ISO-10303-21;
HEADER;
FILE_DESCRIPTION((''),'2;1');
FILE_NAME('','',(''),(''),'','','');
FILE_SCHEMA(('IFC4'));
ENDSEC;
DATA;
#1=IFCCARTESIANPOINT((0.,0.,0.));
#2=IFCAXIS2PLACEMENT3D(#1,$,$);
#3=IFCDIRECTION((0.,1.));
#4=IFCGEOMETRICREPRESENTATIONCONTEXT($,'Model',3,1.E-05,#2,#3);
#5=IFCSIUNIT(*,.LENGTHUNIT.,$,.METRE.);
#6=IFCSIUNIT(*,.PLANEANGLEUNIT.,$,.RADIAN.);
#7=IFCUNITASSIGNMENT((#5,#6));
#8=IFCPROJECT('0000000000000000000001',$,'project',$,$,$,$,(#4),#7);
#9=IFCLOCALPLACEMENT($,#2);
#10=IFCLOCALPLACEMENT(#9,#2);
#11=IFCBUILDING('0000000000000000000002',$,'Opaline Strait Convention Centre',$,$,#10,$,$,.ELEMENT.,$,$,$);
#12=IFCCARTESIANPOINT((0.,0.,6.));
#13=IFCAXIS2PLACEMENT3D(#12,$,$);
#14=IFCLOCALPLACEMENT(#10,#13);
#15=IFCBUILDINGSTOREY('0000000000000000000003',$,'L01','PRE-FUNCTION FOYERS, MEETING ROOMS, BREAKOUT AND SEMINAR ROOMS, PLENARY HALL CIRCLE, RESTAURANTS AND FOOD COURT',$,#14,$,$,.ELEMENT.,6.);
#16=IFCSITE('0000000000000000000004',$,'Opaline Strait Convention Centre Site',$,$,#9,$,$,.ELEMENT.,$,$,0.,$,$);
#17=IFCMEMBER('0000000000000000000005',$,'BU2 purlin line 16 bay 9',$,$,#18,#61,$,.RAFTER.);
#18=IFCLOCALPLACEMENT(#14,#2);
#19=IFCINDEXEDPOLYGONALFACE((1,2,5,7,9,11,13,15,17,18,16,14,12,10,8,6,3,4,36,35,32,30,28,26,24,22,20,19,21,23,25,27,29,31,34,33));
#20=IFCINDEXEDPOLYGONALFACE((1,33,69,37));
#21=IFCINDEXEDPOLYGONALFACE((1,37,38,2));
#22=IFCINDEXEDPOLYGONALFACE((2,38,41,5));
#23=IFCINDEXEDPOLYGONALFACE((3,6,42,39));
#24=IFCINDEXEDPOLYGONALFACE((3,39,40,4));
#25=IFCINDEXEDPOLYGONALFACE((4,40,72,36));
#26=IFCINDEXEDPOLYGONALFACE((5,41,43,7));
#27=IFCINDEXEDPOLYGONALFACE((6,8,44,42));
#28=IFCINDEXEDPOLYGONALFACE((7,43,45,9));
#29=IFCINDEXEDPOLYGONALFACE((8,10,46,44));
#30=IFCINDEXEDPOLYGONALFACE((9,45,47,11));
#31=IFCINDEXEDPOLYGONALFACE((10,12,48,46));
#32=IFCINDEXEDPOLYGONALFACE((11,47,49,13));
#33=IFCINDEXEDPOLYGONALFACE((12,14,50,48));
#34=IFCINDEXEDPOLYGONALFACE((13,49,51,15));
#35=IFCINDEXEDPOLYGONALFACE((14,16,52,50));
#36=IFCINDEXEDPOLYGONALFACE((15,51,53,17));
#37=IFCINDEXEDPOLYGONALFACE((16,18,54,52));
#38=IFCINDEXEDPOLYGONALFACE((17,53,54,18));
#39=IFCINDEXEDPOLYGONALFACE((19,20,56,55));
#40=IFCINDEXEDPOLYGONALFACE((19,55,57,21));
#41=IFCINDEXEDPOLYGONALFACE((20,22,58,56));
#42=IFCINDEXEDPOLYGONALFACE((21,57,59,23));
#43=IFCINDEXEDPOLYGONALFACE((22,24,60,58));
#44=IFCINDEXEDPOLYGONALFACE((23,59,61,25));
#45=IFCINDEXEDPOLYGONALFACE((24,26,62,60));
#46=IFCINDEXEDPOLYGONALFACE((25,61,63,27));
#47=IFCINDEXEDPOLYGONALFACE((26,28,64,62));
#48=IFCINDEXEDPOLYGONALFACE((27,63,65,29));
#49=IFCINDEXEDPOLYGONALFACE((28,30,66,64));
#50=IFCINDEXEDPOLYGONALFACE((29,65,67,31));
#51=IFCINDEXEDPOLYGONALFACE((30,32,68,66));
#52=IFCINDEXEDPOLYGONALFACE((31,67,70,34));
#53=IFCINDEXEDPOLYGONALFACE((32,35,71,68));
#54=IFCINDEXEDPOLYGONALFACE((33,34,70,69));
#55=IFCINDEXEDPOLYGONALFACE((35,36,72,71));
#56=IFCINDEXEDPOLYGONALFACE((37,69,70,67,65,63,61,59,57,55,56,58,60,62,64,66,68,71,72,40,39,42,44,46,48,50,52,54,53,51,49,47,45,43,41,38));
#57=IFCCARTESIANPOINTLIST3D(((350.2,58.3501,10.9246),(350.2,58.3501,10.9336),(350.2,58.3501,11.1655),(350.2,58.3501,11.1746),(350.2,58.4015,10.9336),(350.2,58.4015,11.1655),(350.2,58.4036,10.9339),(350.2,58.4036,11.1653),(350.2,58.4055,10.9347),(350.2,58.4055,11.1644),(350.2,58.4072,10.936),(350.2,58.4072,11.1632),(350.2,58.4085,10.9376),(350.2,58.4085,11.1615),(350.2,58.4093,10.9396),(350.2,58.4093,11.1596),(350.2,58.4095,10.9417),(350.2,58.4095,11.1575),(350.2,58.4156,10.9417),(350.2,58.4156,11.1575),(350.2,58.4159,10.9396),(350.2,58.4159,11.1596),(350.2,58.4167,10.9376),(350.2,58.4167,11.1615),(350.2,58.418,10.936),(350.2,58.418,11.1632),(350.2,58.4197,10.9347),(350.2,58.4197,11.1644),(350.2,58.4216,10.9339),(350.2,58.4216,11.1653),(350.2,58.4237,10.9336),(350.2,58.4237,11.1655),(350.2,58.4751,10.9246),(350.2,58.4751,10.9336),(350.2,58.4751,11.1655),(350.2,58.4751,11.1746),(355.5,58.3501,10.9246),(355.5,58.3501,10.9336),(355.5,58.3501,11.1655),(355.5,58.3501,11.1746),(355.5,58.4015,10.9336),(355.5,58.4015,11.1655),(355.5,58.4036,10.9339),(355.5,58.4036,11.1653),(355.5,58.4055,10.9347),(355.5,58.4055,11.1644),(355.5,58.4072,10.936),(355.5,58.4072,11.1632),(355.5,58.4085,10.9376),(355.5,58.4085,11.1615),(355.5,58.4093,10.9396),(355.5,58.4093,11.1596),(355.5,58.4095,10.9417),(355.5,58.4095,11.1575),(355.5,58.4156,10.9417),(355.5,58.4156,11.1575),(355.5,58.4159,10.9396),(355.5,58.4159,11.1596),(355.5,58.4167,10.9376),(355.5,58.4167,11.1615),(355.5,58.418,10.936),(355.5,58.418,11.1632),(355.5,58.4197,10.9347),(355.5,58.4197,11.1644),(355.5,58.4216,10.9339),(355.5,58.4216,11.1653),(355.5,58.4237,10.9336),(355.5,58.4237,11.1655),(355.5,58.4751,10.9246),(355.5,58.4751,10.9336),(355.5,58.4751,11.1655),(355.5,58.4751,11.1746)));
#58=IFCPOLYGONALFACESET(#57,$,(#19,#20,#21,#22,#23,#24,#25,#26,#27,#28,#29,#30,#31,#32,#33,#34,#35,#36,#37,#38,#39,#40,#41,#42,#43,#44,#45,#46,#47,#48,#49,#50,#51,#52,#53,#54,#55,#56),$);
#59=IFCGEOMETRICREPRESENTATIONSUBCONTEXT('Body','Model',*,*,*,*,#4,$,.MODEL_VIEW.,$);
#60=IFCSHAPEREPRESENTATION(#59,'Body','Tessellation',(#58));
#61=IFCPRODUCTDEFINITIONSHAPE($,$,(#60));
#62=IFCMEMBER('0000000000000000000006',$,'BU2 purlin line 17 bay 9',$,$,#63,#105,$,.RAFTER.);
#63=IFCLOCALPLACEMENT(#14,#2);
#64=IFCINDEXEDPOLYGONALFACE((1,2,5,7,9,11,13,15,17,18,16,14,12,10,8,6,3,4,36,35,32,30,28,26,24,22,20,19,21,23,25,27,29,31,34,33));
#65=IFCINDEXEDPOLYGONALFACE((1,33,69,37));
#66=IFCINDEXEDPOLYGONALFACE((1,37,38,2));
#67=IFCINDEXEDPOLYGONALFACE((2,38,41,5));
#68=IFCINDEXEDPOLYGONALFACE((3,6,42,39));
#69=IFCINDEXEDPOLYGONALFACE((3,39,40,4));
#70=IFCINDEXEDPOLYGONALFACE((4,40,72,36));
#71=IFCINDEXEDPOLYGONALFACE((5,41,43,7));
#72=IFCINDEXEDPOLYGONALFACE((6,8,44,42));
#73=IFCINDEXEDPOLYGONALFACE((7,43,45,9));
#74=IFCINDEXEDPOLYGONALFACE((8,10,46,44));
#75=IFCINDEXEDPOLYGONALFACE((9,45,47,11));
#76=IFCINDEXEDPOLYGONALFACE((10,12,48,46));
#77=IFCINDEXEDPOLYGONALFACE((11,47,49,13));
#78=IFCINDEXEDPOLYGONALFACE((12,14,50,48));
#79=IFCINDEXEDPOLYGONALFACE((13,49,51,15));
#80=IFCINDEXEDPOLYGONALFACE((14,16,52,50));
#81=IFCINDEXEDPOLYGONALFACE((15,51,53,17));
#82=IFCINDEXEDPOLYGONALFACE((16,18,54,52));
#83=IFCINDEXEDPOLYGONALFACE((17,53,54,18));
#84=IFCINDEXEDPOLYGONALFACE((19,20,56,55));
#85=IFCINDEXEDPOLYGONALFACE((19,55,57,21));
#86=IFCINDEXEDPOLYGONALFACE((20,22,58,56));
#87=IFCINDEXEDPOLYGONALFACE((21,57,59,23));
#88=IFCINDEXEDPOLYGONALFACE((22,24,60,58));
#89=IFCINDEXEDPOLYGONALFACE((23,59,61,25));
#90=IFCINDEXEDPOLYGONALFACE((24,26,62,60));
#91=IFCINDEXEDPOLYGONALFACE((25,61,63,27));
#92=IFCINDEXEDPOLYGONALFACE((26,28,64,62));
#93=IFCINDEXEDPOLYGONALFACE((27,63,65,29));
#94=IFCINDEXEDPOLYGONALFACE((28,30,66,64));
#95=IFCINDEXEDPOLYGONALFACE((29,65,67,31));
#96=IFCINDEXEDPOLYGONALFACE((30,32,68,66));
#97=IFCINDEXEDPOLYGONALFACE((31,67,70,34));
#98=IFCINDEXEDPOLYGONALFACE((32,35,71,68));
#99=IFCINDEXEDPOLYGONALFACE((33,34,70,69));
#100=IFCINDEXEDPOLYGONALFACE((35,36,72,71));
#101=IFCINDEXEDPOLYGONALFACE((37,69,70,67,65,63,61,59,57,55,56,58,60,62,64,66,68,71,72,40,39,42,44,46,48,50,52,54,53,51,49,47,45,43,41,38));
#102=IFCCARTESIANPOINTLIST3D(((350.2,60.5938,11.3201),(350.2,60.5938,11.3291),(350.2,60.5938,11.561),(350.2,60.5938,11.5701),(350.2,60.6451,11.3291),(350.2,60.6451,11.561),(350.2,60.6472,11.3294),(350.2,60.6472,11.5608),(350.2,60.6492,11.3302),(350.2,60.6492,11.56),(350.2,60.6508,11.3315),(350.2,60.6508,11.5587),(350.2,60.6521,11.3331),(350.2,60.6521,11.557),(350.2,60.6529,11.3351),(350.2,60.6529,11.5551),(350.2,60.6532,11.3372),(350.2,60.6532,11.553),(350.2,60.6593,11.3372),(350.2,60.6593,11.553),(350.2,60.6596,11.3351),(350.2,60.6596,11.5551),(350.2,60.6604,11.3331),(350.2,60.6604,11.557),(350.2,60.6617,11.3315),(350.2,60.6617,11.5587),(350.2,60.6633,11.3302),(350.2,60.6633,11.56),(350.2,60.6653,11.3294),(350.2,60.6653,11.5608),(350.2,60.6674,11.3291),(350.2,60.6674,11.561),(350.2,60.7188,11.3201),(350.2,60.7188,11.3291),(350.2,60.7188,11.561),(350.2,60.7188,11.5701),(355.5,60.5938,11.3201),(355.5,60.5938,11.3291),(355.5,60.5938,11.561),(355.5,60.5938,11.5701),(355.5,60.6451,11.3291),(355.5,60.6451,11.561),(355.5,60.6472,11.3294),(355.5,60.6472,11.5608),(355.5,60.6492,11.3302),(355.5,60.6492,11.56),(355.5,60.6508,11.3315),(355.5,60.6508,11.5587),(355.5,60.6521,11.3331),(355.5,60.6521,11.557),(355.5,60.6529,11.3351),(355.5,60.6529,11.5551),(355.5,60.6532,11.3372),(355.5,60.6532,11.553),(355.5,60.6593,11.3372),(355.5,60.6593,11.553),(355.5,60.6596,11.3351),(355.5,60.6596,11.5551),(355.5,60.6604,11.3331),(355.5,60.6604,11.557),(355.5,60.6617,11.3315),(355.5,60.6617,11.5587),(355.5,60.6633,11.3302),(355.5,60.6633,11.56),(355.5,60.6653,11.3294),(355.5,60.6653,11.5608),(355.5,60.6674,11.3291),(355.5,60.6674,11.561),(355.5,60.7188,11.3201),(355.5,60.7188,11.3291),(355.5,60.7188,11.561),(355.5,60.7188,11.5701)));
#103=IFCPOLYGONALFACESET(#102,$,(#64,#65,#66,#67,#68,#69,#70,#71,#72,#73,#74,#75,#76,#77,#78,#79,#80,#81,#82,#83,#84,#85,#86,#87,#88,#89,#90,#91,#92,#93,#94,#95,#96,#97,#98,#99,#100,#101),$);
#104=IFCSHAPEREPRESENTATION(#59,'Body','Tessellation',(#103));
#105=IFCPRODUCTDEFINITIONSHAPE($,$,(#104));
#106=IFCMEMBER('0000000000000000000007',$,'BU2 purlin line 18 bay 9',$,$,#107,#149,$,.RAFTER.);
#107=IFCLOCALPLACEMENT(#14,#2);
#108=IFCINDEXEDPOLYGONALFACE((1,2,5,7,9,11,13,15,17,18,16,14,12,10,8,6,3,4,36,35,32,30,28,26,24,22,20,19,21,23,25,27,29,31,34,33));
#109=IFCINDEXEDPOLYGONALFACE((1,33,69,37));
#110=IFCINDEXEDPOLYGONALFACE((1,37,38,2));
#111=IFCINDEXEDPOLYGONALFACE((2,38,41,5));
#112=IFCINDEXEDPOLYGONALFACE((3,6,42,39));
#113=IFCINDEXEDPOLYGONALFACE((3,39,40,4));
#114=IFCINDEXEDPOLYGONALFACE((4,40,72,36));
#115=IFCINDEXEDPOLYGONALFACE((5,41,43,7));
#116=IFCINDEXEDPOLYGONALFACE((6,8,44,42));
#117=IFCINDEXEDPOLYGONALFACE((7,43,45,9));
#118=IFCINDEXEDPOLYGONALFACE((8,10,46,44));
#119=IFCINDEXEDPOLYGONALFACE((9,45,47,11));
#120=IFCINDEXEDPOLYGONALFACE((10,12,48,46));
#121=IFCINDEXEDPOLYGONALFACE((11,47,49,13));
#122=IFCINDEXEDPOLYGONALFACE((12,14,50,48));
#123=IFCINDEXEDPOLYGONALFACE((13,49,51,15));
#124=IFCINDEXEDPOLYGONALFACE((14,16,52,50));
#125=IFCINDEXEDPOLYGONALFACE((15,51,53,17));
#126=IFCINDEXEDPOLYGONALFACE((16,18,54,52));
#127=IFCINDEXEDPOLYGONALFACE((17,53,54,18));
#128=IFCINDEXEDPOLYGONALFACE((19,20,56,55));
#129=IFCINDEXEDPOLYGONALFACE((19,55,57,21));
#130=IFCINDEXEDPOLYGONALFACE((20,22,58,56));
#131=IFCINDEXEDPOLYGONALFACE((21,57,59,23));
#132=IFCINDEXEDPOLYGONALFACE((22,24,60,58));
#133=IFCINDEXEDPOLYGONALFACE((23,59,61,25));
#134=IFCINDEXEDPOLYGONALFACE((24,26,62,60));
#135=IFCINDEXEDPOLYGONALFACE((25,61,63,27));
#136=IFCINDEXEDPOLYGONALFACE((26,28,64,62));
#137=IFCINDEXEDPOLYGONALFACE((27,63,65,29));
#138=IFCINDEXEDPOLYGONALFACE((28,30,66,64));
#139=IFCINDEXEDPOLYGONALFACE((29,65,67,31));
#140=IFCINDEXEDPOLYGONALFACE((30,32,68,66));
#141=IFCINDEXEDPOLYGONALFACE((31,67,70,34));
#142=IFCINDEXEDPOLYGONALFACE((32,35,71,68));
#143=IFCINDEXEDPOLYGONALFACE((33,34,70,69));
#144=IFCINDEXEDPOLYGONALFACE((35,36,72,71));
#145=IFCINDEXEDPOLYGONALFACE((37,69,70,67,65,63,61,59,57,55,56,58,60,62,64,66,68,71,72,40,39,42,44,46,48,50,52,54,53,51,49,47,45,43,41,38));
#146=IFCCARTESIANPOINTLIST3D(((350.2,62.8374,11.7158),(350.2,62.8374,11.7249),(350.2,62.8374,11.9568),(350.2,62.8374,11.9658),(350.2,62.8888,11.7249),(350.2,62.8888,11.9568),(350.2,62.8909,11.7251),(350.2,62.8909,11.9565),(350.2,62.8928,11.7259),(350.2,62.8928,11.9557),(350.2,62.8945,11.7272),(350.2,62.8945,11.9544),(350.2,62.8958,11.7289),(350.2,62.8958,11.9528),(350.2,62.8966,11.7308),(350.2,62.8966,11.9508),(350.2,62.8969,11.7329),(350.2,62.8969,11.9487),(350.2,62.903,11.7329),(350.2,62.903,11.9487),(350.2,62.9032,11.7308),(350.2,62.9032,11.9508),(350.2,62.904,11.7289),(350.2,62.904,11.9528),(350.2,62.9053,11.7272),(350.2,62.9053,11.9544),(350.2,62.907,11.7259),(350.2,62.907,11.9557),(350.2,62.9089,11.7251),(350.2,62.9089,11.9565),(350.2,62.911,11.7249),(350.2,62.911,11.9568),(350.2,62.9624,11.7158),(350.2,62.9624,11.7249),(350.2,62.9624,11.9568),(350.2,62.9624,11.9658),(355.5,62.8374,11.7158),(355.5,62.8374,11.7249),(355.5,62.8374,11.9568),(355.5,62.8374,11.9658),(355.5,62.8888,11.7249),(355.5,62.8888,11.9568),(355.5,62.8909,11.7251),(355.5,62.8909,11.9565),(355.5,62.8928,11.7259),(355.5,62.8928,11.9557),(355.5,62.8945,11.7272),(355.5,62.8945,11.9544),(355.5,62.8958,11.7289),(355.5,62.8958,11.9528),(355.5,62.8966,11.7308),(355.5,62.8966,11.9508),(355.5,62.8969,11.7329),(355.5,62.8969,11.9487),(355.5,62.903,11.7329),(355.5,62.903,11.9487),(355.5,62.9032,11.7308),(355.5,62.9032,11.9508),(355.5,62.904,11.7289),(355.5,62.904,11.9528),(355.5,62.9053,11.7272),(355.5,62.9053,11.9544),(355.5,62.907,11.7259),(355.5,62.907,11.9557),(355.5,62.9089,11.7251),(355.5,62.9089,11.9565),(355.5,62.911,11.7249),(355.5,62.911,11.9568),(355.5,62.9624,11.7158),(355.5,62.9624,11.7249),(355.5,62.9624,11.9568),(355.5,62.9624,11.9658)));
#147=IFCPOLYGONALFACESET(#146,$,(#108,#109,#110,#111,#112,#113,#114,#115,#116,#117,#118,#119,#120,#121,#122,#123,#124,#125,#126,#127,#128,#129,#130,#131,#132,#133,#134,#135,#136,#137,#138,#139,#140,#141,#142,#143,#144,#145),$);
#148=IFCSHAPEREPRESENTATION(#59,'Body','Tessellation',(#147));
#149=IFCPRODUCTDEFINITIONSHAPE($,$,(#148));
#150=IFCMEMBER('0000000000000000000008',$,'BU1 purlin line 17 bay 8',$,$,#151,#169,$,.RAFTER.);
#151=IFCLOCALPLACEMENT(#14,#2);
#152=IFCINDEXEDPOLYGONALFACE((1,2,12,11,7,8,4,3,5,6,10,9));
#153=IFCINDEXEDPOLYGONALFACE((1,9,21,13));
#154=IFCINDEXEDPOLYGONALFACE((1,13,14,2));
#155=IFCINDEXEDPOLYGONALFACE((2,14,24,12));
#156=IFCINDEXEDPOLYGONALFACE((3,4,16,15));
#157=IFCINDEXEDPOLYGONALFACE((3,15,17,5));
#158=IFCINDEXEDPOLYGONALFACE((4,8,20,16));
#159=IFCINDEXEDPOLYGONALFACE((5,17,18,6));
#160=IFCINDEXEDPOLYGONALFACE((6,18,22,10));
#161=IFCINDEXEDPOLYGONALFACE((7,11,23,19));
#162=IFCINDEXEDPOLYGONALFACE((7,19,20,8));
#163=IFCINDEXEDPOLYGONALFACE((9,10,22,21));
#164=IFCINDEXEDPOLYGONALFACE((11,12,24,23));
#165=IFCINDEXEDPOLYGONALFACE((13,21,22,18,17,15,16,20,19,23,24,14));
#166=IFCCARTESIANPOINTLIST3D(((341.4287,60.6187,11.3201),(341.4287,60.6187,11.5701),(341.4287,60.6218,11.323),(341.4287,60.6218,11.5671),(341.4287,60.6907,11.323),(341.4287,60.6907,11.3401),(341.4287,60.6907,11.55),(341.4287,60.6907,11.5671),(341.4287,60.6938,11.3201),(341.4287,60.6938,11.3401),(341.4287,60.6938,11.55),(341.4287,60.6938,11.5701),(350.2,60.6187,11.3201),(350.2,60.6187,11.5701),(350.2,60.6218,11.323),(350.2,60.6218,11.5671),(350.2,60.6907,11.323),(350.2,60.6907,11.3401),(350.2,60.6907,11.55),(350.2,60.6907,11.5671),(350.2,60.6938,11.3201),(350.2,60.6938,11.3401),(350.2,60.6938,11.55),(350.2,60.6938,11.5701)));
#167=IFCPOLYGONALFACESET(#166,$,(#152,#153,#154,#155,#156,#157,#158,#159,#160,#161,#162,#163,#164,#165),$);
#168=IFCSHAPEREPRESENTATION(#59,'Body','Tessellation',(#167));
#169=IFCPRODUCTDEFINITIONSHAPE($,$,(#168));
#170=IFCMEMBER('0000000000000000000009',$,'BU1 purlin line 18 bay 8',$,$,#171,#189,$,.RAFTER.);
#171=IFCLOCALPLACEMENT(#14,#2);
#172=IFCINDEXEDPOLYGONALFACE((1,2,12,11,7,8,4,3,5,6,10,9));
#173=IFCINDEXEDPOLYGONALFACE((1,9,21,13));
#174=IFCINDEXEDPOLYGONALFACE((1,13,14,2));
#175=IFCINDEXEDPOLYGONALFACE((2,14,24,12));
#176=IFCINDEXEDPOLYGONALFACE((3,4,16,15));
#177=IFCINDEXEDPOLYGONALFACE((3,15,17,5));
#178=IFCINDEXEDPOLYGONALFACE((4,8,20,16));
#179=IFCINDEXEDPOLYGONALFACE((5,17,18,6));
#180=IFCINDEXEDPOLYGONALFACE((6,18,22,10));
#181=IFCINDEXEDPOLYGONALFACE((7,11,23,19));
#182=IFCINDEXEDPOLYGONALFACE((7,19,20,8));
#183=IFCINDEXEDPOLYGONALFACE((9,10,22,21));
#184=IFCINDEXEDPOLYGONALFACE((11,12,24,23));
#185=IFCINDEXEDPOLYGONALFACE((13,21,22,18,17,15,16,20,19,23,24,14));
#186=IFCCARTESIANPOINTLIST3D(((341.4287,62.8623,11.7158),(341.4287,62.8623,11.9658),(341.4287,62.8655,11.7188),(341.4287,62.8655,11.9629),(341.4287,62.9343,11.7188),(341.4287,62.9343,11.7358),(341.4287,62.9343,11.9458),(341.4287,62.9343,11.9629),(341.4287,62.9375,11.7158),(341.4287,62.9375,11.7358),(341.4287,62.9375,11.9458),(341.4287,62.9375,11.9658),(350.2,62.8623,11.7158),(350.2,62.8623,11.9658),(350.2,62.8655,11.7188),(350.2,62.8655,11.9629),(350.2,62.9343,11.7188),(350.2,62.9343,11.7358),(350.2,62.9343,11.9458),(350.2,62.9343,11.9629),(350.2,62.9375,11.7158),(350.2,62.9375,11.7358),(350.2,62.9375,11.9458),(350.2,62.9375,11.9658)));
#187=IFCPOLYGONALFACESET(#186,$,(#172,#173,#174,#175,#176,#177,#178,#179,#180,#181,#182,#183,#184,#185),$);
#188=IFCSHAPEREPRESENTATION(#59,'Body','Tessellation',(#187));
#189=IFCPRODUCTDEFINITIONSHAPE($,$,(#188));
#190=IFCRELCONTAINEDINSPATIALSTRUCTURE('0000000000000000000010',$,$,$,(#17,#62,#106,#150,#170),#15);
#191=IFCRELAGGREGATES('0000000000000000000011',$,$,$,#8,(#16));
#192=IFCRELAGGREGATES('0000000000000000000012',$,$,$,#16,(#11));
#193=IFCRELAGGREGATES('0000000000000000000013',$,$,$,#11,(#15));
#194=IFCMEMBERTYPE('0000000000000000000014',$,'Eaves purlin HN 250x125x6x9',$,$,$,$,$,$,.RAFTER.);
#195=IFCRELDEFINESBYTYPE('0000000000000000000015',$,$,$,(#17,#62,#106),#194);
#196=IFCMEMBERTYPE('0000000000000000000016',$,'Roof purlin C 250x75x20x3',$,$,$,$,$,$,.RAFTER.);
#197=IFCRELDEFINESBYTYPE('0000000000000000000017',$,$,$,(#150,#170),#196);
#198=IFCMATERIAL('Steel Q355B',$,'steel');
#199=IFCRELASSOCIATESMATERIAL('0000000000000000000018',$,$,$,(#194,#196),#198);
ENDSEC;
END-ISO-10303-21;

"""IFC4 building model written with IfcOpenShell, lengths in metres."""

from ifc_helpers import new_model, si_unit, direction, frame, origin, origin_2d, place, context, subcontext, project, spatial, polyline, i_section, outline, extrude, material, material_profile, profile_set, type_object, element, save


model = new_model("IFC4")

# Units and contexts
model_context = context("Model", 3, precision=1e-05, world=origin(), true_north=direction((0.0, 1.0)))
body_context = subcontext(model_context, "Body", "Model", "MODEL_VIEW")
ifc_project = project(units=[si_unit("LENGTHUNIT", "METRE"), si_unit("PLANEANGLEUNIT", "RADIAN")], contexts=[model_context])

# Site, building, storey
site_placement = place(None, origin())
site = spatial("IfcSite", under=ifc_project, at=site_placement, Name="Opaline Strait Convention Centre Site", CompositionType="ELEMENT", RefElevation=0.0)
building_placement = place(site_placement, origin())
building = spatial("IfcBuilding", under=site, at=building_placement, Name="Opaline Strait Convention Centre", CompositionType="ELEMENT")
storey_placement = place(building_placement, frame((0.0, 0.0, 6.0)))
storey = spatial("IfcBuildingStorey", under=building, at=storey_placement, Name="L01", Description="PRE-FUNCTION FOYERS, MEETING ROOMS, BREAKOUT AND SEMINAR ROOMS, PLENARY HALL CIRCLE, RESTAURANTS AND FOOD COURT", CompositionType="ELEMENT", Elevation=6.0)

# Members
ifc_material_1 = material(Name="Steel Q355B", Category="steel")
ifc_material_profile_1 = material_profile(ifc_material_1, i_section(OverallWidth=0.125, OverallDepth=0.25, WebThickness=0.0061, FlangeThickness=0.009, FilletRadius=0.0081, at=origin_2d()), Name="HN 250x125x6x9")
ifc_profile_set_1 = profile_set([ifc_material_profile_1], Name="Steel Q355B")
member_type_1 = type_object("IfcMemberType", Name="Eaves purlin HN 250x125x6x9", PredefinedType="RAFTER", material=ifc_profile_set_1)
for number, where, z_axis, x_axis, name in (
    (1, (350.2, 58.4126, 11.0496), (1.0, 0.0, 0.0), (0.0, 1.0, 0.0), "BU2 purlin line 16 bay 9"),
    (2, (350.2, 60.6562, 11.4451), (1.0, 0.0, 0.0), (0.0, 1.0, 0.0), "BU2 purlin line 17 bay 9"),
    (3, (350.2, 62.8999, 11.8408), (1.0, 0.0, 0.0), (0.0, 1.0, 0.0), "BU2 purlin line 18 bay 9"),
):
    element("IfcMember", number, at=place(storey_placement, frame(where, z_axis=z_axis, x_axis=x_axis)), inside=storey, type_object=member_type_1, Name=name, PredefinedType="RAFTER", context=body_context, shape_type="SweptSolid", body=[
        extrude(i_section(OverallWidth=0.125, OverallDepth=0.25, WebThickness=0.0061, FlangeThickness=0.009, FilletRadius=0.0081, at=origin_2d()), origin(), (0.0, 0.0, 1.0), 5.3),
    ])
ifc_material_profile_2 = material_profile(ifc_material_1, outline(polyline([(-0.0376, -0.125), (0.0376, -0.125), (0.0376, -0.105), (0.0344, -0.105), (0.0344, -0.1221), (-0.0344, -0.1221), (-0.0344, 0.1221), (0.0344, 0.1221), (0.0344, 0.105), (0.0376, 0.105), (0.0376, 0.125), (-0.0376, 0.125), (-0.0376, -0.125)])), Name="C 250x75x20x3")
ifc_profile_set_2 = profile_set([ifc_material_profile_2], Name="Steel Q355B")
member_type_2 = type_object("IfcMemberType", Name="Roof purlin C 250x75x20x3", PredefinedType="RAFTER", material=ifc_profile_set_2)
for number, where, z_axis, x_axis, name in (
    (4, (341.4287, 60.6562, 11.4451), (1.0, 0.0, 0.0), (0.0, 1.0, 0.0), "BU1 purlin line 17 bay 8"),
    (5, (341.4287, 62.8999, 11.8408), (1.0, 0.0, 0.0), (0.0, 1.0, 0.0), "BU1 purlin line 18 bay 8"),
):
    element("IfcMember", number, at=place(storey_placement, frame(where, z_axis=z_axis, x_axis=x_axis)), inside=storey, type_object=member_type_2, Name=name, PredefinedType="RAFTER", context=body_context, shape_type="SweptSolid", body=[
        extrude(outline(polyline([(-0.0376, -0.125), (0.0376, -0.125), (0.0376, -0.105), (0.0344, -0.105), (0.0344, -0.1221), (-0.0344, -0.1221), (-0.0344, 0.1221), (0.0344, 0.1221), (0.0344, 0.105), (0.0376, 0.105), (0.0376, 0.125), (-0.0376, 0.125), (-0.0376, -0.125)])), origin(), (0.0, 0.0, 1.0), 8.7712),
    ])

save(model, "model.ifc")
